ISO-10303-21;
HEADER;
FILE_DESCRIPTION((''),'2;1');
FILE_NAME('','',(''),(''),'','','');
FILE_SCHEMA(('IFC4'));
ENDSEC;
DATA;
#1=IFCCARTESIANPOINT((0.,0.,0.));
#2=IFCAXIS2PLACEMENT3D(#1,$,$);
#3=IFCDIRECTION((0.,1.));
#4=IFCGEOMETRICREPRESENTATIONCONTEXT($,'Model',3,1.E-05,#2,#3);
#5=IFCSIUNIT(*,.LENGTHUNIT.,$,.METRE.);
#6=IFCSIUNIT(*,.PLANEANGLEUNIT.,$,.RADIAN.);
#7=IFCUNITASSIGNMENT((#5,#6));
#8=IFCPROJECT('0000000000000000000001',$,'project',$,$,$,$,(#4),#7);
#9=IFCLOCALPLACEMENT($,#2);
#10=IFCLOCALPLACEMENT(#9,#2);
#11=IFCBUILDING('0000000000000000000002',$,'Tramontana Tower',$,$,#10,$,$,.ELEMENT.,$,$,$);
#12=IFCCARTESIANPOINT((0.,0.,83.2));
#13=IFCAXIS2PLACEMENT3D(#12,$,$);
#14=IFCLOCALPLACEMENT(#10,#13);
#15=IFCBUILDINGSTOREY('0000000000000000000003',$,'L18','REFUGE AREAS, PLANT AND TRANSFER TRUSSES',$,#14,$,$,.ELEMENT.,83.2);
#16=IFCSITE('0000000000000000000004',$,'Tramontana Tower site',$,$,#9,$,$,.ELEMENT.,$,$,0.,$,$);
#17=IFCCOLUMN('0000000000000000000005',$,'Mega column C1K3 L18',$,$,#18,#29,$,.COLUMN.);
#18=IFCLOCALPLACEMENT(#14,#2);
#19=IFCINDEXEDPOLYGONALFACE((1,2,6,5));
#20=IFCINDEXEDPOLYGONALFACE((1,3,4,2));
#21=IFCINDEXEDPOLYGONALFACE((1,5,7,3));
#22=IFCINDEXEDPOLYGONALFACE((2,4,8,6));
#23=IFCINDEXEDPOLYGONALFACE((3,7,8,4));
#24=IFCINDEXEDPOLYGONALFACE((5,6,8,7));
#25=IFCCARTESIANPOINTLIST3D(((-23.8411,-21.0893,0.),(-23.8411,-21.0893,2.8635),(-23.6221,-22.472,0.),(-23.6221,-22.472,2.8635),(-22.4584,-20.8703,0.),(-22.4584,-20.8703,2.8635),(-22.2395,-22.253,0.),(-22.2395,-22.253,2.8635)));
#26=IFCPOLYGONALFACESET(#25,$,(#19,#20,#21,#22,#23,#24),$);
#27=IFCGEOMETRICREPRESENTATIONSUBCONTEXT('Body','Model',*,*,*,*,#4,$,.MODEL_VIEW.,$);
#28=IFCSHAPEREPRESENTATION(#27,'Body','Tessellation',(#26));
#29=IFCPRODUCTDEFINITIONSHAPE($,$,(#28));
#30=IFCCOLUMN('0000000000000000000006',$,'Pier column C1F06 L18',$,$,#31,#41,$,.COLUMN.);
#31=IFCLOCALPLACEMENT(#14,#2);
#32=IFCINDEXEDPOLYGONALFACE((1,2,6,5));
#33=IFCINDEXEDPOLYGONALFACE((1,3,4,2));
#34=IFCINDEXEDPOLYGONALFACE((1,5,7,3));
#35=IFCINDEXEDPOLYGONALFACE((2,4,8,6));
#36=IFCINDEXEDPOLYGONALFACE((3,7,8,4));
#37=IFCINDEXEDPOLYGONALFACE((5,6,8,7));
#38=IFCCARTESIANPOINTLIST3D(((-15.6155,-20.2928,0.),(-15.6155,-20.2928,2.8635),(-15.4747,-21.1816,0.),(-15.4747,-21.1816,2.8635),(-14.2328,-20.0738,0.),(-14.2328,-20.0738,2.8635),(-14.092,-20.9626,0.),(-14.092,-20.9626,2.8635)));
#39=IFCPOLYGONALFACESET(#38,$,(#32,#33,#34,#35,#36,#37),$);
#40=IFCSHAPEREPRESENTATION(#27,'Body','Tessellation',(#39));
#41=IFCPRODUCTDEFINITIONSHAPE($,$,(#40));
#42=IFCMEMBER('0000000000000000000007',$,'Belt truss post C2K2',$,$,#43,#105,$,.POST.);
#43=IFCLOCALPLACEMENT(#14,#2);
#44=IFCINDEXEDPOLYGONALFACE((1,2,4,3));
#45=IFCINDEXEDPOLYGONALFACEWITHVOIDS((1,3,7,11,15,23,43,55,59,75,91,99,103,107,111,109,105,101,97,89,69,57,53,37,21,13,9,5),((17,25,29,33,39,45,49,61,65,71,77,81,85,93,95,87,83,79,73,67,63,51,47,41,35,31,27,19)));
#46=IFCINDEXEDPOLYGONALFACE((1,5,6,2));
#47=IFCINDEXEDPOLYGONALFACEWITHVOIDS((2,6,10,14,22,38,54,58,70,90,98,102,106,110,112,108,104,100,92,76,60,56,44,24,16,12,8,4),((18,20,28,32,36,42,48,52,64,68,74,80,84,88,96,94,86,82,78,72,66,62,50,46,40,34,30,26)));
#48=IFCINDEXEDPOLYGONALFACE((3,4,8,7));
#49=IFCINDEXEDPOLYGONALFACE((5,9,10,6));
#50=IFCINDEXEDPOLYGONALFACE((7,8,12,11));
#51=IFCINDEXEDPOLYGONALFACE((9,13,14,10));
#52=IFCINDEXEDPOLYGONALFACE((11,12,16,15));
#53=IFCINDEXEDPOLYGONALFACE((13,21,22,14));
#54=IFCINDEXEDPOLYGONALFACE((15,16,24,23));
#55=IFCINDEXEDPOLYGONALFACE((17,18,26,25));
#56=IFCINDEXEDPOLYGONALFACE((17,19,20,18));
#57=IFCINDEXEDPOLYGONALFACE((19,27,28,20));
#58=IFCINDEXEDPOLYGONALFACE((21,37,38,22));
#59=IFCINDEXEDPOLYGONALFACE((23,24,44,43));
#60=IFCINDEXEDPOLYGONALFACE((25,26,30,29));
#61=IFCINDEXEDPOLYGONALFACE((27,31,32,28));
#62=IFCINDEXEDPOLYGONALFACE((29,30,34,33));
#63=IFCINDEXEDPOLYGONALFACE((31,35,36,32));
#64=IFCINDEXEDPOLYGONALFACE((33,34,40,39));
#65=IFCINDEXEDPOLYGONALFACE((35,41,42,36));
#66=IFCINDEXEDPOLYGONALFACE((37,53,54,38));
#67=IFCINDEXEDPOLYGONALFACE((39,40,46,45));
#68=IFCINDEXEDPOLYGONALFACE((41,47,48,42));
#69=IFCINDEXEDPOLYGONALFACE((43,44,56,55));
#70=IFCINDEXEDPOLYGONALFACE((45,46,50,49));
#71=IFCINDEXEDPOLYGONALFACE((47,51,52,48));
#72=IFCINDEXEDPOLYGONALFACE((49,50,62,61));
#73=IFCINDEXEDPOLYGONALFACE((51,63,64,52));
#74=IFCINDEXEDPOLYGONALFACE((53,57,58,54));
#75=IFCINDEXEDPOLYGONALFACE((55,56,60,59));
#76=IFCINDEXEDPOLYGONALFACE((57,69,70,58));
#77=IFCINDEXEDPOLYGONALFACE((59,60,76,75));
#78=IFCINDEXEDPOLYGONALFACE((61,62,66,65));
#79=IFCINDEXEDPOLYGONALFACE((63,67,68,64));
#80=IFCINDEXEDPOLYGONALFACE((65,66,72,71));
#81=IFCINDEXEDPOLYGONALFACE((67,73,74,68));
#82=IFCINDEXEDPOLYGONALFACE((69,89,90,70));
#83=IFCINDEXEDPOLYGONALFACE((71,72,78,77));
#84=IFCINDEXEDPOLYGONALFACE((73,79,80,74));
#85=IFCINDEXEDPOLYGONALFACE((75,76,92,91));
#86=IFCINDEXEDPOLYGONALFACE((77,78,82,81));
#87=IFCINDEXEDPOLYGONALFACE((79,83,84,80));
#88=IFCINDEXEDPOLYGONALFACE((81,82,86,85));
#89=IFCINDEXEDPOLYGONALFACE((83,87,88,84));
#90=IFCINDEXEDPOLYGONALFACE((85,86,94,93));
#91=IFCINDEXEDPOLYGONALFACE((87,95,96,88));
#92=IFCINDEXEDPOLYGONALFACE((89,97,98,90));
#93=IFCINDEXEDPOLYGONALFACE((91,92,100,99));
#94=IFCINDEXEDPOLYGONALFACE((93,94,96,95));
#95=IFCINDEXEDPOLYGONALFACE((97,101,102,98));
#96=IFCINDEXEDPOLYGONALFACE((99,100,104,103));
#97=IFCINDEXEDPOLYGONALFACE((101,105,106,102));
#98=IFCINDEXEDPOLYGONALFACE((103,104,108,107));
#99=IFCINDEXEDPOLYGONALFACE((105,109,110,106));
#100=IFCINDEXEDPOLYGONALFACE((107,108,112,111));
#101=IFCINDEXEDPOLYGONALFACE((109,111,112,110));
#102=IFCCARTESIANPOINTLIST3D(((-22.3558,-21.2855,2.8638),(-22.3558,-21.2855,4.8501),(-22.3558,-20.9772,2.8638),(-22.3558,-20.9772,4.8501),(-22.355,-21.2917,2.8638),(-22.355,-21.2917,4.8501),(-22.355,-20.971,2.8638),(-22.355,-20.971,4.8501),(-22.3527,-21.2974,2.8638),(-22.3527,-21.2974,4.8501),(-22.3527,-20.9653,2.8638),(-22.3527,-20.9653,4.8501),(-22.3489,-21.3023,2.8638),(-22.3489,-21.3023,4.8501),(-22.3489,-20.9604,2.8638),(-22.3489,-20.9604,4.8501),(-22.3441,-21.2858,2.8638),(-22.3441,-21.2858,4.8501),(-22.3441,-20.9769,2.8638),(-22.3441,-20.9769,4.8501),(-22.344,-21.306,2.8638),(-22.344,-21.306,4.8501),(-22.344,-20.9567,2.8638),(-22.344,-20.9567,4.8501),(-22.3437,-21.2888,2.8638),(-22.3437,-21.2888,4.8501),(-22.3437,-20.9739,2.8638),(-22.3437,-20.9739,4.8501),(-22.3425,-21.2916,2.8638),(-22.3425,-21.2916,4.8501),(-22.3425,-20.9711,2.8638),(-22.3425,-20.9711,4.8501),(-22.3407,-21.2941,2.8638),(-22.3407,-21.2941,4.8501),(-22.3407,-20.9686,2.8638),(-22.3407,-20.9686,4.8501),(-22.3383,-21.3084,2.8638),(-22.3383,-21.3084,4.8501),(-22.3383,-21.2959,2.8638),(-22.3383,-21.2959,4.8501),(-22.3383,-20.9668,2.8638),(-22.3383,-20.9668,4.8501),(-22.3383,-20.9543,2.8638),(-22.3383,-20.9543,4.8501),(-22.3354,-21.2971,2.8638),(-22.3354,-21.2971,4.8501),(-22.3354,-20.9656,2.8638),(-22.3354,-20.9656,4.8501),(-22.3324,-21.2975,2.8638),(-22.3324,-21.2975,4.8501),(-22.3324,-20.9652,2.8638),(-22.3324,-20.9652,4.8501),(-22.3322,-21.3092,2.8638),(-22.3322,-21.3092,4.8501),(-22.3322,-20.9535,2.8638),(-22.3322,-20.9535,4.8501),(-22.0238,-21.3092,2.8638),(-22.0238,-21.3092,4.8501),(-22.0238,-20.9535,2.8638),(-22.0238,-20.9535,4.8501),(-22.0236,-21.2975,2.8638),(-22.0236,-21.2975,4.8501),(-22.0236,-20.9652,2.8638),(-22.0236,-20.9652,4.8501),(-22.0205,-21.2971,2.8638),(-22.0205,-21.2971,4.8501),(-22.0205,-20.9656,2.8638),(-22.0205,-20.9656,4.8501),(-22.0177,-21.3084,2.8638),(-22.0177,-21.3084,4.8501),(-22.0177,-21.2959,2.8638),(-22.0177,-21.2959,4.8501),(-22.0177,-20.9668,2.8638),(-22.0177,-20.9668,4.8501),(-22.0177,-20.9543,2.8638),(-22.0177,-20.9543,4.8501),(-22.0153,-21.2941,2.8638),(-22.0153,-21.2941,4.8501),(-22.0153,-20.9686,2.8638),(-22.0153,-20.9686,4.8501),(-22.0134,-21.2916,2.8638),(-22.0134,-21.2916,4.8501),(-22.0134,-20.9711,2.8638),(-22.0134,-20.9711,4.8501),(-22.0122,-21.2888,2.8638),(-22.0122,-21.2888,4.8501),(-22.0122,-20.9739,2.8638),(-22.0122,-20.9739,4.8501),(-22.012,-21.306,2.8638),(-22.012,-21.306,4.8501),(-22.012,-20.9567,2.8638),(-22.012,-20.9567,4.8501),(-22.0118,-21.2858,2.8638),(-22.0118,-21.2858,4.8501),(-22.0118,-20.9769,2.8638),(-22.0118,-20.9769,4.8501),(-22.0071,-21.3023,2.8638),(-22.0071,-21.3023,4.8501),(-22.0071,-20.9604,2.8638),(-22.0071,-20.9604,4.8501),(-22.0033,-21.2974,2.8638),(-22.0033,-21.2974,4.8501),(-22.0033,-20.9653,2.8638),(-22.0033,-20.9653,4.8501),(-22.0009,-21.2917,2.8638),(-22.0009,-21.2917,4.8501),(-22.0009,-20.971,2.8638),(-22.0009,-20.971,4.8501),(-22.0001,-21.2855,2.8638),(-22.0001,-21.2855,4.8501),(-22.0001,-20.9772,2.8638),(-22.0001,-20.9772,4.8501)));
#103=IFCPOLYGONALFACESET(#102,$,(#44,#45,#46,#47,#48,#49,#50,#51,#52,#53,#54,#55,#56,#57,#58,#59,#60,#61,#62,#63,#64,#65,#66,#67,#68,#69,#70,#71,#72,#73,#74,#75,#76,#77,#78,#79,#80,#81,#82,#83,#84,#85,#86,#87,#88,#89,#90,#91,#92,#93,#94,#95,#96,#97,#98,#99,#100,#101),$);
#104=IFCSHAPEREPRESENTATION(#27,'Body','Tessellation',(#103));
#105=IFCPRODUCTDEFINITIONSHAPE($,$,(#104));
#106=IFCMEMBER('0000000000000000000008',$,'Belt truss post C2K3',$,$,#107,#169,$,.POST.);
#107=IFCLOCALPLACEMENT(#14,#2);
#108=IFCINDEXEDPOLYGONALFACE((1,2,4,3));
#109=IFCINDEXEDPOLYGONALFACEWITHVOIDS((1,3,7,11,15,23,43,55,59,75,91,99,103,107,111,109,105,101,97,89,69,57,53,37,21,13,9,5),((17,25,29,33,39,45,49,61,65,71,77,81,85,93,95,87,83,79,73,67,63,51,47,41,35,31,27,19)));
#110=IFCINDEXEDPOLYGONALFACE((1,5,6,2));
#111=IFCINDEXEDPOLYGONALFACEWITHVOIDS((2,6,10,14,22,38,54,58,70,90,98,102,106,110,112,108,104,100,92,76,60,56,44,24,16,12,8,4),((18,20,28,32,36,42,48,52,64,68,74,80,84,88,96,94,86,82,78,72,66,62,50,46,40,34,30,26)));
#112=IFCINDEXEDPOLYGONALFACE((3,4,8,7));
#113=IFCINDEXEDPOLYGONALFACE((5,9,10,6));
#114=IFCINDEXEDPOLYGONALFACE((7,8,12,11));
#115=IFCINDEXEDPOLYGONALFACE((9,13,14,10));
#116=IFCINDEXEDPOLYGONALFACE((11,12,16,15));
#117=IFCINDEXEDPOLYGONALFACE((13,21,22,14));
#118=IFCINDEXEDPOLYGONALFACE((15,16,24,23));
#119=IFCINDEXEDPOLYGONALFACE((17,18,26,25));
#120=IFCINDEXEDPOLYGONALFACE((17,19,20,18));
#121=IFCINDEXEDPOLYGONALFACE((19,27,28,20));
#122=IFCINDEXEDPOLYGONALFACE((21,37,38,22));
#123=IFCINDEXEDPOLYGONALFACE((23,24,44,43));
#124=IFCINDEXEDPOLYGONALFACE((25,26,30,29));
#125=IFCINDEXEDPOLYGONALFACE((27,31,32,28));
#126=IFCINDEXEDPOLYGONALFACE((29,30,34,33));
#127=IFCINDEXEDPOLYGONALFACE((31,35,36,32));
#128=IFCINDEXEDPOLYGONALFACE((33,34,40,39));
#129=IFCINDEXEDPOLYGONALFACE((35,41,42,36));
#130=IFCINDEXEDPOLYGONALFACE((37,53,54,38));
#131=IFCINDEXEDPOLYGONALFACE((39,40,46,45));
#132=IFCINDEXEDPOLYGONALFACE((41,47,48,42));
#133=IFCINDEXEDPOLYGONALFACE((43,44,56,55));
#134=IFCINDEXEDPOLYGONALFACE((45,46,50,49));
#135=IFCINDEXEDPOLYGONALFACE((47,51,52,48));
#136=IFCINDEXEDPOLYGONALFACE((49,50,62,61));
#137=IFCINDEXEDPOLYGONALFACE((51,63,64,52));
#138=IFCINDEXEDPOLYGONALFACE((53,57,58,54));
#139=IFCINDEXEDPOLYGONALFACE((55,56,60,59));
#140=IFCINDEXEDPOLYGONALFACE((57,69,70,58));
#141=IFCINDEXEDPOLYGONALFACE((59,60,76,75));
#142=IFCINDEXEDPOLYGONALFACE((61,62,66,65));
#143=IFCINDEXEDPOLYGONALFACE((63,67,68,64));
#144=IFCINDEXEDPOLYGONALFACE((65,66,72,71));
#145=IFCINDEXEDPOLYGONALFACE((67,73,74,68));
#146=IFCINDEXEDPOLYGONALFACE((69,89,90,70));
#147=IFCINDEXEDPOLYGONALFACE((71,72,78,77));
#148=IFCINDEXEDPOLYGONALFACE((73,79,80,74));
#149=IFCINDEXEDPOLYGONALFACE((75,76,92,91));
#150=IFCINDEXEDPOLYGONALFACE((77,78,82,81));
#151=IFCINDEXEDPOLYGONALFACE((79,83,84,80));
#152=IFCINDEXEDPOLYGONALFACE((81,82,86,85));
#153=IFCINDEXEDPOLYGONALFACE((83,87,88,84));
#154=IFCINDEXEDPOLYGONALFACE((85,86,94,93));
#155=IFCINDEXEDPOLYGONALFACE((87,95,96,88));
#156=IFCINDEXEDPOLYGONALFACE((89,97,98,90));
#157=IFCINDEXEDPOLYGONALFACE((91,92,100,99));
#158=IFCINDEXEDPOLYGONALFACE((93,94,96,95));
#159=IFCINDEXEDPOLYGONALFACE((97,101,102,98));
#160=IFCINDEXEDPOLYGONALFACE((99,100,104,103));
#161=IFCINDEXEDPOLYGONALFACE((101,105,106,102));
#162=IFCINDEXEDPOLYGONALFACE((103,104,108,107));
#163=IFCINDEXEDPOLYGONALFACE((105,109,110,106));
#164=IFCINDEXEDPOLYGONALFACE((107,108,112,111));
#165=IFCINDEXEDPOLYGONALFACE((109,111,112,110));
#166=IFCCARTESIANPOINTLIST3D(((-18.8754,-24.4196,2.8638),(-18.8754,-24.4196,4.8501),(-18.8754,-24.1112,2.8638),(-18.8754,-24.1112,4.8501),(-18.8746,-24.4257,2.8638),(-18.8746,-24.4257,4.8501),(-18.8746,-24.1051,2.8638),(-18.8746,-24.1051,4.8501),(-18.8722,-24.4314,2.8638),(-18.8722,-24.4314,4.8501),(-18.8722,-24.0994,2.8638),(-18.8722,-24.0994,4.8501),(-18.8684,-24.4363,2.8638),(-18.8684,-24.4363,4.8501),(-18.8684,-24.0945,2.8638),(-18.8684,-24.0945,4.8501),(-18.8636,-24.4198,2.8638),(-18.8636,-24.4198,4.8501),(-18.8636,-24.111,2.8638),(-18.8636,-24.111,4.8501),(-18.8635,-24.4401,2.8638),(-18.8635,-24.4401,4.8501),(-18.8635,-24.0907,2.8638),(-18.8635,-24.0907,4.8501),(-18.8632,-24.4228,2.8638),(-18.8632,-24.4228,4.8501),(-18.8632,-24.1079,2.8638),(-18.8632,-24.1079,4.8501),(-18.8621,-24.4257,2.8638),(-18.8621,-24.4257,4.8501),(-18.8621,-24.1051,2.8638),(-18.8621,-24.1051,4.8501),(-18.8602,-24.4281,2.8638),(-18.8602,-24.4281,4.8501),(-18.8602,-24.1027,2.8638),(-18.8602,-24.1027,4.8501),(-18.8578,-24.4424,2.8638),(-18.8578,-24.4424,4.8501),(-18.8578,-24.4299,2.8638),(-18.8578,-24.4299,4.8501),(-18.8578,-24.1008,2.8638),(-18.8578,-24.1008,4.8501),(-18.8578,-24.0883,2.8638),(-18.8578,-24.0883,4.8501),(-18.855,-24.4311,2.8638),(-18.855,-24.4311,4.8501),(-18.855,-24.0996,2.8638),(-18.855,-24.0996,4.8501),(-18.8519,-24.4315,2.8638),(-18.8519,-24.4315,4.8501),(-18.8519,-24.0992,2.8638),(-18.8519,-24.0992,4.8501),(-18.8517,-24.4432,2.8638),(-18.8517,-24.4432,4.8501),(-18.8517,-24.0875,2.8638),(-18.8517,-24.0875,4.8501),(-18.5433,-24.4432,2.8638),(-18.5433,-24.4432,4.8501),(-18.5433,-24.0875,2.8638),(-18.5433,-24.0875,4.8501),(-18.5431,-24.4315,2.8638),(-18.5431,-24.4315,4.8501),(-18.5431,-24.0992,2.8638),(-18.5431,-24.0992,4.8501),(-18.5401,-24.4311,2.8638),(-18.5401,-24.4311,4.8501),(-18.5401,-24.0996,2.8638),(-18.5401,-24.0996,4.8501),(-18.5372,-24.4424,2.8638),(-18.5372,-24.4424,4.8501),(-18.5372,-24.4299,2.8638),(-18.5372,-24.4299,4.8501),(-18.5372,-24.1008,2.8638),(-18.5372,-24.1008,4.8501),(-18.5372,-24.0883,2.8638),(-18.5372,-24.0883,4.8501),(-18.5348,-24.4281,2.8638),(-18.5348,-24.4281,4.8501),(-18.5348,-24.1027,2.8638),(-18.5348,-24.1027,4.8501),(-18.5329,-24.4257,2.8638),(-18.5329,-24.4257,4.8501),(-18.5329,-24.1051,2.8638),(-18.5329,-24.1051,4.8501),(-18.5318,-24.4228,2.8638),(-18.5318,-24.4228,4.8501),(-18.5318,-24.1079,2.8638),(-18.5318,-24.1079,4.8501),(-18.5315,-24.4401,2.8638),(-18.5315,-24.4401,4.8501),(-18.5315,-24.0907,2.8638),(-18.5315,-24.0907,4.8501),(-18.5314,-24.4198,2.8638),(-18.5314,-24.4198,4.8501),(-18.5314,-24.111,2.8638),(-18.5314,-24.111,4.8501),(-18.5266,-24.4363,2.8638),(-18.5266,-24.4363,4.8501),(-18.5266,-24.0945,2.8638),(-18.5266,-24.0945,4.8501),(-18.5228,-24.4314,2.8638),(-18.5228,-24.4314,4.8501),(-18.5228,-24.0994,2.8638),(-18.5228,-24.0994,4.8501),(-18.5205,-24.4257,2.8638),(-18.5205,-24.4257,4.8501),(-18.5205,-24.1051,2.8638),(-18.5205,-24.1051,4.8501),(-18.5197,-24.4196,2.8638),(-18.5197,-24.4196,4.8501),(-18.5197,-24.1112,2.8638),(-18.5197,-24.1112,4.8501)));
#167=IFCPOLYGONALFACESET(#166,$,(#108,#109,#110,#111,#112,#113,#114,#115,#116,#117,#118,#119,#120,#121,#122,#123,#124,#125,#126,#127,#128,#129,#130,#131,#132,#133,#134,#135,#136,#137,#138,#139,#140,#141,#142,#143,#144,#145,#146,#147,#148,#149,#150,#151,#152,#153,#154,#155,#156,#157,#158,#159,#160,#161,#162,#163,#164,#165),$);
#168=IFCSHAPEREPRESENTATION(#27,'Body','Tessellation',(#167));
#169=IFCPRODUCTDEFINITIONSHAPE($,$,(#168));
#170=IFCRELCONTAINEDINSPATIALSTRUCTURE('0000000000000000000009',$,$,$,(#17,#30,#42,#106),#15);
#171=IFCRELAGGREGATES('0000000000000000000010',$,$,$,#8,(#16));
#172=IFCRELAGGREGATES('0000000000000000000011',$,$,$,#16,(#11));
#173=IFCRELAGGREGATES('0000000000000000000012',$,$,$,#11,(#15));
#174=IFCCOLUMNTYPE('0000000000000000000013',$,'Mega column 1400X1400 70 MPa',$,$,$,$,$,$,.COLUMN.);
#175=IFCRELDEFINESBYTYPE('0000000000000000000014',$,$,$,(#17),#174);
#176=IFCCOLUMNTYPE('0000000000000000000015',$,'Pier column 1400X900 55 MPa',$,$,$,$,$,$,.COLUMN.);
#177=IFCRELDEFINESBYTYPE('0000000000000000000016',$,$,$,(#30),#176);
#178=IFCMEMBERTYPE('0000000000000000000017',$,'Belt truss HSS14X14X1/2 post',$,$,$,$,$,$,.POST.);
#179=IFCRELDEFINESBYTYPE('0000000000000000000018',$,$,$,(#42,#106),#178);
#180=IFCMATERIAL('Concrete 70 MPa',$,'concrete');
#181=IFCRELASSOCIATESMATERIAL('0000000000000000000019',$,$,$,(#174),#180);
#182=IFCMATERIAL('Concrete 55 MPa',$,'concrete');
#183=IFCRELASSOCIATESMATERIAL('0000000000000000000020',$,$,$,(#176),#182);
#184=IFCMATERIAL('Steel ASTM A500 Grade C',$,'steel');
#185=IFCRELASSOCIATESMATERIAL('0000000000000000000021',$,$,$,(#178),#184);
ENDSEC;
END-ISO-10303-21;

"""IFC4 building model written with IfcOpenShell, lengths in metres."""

from ifc_helpers import new_model, si_unit, direction, frame, origin, origin_2d, place, context, subcontext, project, spatial, rectangle, hollow_rectangle, extrude, material, material_profile, profile_set, type_object, element, save


model = new_model("IFC4")

# Units and contexts
model_context = context("Model", 3, precision=1e-05, world=origin(), true_north=direction((0.0, 1.0)))
body_context = subcontext(model_context, "Body", "Model", "MODEL_VIEW")
ifc_project = project(units=[si_unit("LENGTHUNIT", "METRE"), si_unit("PLANEANGLEUNIT", "RADIAN")], contexts=[model_context])

# Site, building, storey
site_placement = place(None, origin())
site = spatial("IfcSite", under=ifc_project, at=site_placement, Name="Tramontana Tower site", CompositionType="ELEMENT", RefElevation=0.0)
building_placement = place(site_placement, origin())
building = spatial("IfcBuilding", under=site, at=building_placement, Name="Tramontana Tower", CompositionType="ELEMENT")
storey_placement = place(building_placement, frame((0.0, 0.0, 83.2)))
storey = spatial("IfcBuildingStorey", under=building, at=storey_placement, Name="L18", Description="REFUGE AREAS, PLANT AND TRANSFER TRUSSES", CompositionType="ELEMENT", Elevation=83.2)

# Columns
ifc_material_1 = material(Name="Concrete 70 MPa", Category="concrete")
ifc_material_profile_1 = material_profile(ifc_material_1, rectangle(XDim=1.3999, YDim=1.3999, at=origin_2d()), Name="Mega column 1400X1400 70 MPa")
ifc_profile_set_1 = profile_set([ifc_material_profile_1], Name="Concrete 70 MPa")
column_type_1 = type_object("IfcColumnType", Name="Mega column 1400X1400 70 MPa", PredefinedType="COLUMN", material=ifc_profile_set_1)
column_1_placement = place(storey_placement, frame((-23.0403, -21.6711, 0.0), z_axis=(0.0, 0.0, 1.0), x_axis=(0.987688, 0.156434, 0.0)))
element("IfcColumn", 1, at=column_1_placement, inside=storey, type_object=column_type_1, Name="Mega column C1K3 L18", PredefinedType="COLUMN", context=body_context, shape_type="SweptSolid", body=[
    extrude(rectangle(XDim=1.3999, YDim=1.3999, at=origin_2d()), origin(), (0.0, 0.0, 1.0), 2.8635),
])
ifc_material_2 = material(Name="Concrete 55 MPa", Category="concrete")
ifc_material_profile_2 = material_profile(ifc_material_2, rectangle(XDim=1.3999, YDim=0.8999, at=origin_2d()), Name="Pier column 1400X900 55 MPa")
ifc_profile_set_2 = profile_set([ifc_material_profile_2], Name="Concrete 55 MPa")
column_type_2 = type_object("IfcColumnType", Name="Pier column 1400X900 55 MPa", PredefinedType="COLUMN", material=ifc_profile_set_2)
column_2_placement = place(storey_placement, frame((-14.8538, -20.6277, 0.0), z_axis=(0.0, 0.0, 1.0), x_axis=(0.987688, 0.156434, 0.0)))
element("IfcColumn", 2, at=column_2_placement, inside=storey, type_object=column_type_2, Name="Pier column C1F06 L18", PredefinedType="COLUMN", context=body_context, shape_type="SweptSolid", body=[
    extrude(rectangle(XDim=1.3999, YDim=0.8999, at=origin_2d()), origin(), (0.0, 0.0, 1.0), 2.8635),
])

# Members
ifc_material_3 = material(Name="Steel ASTM A500 Grade C", Category="steel")
ifc_material_profile_3 = material_profile(ifc_material_3, hollow_rectangle(XDim=0.3557, YDim=0.3557, WallThickness=0.0117, InnerFilletRadius=0.0117, OuterFilletRadius=0.0237, at=origin_2d()), Name="HSS14X14X1/2")
ifc_profile_set_3 = profile_set([ifc_material_profile_3], Name="Steel ASTM A500 Grade C")
member_type_1 = type_object("IfcMemberType", Name="Belt truss HSS14X14X1/2 post", PredefinedType="POST", material=ifc_profile_set_3)
for number, where, z_axis, x_axis, name in (
    (3, (-22.178, -21.1313, 2.8638), (0.0, 0.0, 1.0), (1.0, 0.0, 0.0), "Belt truss post C2K2"),
    (4, (-18.6975, -24.2654, 2.8638), (0.0, 0.0, 1.0), (1.0, 0.0, 0.0), "Belt truss post C2K3"),
):
    element("IfcMember", number, at=place(storey_placement, frame(where, z_axis=z_axis, x_axis=x_axis)), inside=storey, type_object=member_type_1, Name=name, PredefinedType="POST", context=body_context, shape_type="SweptSolid", body=[
        extrude(hollow_rectangle(XDim=0.3557, YDim=0.3557, WallThickness=0.0117, InnerFilletRadius=0.0117, OuterFilletRadius=0.0237, at=origin_2d()), origin(), (0.0, 0.0, 1.0), 1.9863),
    ])

save(model, "model.ifc")
